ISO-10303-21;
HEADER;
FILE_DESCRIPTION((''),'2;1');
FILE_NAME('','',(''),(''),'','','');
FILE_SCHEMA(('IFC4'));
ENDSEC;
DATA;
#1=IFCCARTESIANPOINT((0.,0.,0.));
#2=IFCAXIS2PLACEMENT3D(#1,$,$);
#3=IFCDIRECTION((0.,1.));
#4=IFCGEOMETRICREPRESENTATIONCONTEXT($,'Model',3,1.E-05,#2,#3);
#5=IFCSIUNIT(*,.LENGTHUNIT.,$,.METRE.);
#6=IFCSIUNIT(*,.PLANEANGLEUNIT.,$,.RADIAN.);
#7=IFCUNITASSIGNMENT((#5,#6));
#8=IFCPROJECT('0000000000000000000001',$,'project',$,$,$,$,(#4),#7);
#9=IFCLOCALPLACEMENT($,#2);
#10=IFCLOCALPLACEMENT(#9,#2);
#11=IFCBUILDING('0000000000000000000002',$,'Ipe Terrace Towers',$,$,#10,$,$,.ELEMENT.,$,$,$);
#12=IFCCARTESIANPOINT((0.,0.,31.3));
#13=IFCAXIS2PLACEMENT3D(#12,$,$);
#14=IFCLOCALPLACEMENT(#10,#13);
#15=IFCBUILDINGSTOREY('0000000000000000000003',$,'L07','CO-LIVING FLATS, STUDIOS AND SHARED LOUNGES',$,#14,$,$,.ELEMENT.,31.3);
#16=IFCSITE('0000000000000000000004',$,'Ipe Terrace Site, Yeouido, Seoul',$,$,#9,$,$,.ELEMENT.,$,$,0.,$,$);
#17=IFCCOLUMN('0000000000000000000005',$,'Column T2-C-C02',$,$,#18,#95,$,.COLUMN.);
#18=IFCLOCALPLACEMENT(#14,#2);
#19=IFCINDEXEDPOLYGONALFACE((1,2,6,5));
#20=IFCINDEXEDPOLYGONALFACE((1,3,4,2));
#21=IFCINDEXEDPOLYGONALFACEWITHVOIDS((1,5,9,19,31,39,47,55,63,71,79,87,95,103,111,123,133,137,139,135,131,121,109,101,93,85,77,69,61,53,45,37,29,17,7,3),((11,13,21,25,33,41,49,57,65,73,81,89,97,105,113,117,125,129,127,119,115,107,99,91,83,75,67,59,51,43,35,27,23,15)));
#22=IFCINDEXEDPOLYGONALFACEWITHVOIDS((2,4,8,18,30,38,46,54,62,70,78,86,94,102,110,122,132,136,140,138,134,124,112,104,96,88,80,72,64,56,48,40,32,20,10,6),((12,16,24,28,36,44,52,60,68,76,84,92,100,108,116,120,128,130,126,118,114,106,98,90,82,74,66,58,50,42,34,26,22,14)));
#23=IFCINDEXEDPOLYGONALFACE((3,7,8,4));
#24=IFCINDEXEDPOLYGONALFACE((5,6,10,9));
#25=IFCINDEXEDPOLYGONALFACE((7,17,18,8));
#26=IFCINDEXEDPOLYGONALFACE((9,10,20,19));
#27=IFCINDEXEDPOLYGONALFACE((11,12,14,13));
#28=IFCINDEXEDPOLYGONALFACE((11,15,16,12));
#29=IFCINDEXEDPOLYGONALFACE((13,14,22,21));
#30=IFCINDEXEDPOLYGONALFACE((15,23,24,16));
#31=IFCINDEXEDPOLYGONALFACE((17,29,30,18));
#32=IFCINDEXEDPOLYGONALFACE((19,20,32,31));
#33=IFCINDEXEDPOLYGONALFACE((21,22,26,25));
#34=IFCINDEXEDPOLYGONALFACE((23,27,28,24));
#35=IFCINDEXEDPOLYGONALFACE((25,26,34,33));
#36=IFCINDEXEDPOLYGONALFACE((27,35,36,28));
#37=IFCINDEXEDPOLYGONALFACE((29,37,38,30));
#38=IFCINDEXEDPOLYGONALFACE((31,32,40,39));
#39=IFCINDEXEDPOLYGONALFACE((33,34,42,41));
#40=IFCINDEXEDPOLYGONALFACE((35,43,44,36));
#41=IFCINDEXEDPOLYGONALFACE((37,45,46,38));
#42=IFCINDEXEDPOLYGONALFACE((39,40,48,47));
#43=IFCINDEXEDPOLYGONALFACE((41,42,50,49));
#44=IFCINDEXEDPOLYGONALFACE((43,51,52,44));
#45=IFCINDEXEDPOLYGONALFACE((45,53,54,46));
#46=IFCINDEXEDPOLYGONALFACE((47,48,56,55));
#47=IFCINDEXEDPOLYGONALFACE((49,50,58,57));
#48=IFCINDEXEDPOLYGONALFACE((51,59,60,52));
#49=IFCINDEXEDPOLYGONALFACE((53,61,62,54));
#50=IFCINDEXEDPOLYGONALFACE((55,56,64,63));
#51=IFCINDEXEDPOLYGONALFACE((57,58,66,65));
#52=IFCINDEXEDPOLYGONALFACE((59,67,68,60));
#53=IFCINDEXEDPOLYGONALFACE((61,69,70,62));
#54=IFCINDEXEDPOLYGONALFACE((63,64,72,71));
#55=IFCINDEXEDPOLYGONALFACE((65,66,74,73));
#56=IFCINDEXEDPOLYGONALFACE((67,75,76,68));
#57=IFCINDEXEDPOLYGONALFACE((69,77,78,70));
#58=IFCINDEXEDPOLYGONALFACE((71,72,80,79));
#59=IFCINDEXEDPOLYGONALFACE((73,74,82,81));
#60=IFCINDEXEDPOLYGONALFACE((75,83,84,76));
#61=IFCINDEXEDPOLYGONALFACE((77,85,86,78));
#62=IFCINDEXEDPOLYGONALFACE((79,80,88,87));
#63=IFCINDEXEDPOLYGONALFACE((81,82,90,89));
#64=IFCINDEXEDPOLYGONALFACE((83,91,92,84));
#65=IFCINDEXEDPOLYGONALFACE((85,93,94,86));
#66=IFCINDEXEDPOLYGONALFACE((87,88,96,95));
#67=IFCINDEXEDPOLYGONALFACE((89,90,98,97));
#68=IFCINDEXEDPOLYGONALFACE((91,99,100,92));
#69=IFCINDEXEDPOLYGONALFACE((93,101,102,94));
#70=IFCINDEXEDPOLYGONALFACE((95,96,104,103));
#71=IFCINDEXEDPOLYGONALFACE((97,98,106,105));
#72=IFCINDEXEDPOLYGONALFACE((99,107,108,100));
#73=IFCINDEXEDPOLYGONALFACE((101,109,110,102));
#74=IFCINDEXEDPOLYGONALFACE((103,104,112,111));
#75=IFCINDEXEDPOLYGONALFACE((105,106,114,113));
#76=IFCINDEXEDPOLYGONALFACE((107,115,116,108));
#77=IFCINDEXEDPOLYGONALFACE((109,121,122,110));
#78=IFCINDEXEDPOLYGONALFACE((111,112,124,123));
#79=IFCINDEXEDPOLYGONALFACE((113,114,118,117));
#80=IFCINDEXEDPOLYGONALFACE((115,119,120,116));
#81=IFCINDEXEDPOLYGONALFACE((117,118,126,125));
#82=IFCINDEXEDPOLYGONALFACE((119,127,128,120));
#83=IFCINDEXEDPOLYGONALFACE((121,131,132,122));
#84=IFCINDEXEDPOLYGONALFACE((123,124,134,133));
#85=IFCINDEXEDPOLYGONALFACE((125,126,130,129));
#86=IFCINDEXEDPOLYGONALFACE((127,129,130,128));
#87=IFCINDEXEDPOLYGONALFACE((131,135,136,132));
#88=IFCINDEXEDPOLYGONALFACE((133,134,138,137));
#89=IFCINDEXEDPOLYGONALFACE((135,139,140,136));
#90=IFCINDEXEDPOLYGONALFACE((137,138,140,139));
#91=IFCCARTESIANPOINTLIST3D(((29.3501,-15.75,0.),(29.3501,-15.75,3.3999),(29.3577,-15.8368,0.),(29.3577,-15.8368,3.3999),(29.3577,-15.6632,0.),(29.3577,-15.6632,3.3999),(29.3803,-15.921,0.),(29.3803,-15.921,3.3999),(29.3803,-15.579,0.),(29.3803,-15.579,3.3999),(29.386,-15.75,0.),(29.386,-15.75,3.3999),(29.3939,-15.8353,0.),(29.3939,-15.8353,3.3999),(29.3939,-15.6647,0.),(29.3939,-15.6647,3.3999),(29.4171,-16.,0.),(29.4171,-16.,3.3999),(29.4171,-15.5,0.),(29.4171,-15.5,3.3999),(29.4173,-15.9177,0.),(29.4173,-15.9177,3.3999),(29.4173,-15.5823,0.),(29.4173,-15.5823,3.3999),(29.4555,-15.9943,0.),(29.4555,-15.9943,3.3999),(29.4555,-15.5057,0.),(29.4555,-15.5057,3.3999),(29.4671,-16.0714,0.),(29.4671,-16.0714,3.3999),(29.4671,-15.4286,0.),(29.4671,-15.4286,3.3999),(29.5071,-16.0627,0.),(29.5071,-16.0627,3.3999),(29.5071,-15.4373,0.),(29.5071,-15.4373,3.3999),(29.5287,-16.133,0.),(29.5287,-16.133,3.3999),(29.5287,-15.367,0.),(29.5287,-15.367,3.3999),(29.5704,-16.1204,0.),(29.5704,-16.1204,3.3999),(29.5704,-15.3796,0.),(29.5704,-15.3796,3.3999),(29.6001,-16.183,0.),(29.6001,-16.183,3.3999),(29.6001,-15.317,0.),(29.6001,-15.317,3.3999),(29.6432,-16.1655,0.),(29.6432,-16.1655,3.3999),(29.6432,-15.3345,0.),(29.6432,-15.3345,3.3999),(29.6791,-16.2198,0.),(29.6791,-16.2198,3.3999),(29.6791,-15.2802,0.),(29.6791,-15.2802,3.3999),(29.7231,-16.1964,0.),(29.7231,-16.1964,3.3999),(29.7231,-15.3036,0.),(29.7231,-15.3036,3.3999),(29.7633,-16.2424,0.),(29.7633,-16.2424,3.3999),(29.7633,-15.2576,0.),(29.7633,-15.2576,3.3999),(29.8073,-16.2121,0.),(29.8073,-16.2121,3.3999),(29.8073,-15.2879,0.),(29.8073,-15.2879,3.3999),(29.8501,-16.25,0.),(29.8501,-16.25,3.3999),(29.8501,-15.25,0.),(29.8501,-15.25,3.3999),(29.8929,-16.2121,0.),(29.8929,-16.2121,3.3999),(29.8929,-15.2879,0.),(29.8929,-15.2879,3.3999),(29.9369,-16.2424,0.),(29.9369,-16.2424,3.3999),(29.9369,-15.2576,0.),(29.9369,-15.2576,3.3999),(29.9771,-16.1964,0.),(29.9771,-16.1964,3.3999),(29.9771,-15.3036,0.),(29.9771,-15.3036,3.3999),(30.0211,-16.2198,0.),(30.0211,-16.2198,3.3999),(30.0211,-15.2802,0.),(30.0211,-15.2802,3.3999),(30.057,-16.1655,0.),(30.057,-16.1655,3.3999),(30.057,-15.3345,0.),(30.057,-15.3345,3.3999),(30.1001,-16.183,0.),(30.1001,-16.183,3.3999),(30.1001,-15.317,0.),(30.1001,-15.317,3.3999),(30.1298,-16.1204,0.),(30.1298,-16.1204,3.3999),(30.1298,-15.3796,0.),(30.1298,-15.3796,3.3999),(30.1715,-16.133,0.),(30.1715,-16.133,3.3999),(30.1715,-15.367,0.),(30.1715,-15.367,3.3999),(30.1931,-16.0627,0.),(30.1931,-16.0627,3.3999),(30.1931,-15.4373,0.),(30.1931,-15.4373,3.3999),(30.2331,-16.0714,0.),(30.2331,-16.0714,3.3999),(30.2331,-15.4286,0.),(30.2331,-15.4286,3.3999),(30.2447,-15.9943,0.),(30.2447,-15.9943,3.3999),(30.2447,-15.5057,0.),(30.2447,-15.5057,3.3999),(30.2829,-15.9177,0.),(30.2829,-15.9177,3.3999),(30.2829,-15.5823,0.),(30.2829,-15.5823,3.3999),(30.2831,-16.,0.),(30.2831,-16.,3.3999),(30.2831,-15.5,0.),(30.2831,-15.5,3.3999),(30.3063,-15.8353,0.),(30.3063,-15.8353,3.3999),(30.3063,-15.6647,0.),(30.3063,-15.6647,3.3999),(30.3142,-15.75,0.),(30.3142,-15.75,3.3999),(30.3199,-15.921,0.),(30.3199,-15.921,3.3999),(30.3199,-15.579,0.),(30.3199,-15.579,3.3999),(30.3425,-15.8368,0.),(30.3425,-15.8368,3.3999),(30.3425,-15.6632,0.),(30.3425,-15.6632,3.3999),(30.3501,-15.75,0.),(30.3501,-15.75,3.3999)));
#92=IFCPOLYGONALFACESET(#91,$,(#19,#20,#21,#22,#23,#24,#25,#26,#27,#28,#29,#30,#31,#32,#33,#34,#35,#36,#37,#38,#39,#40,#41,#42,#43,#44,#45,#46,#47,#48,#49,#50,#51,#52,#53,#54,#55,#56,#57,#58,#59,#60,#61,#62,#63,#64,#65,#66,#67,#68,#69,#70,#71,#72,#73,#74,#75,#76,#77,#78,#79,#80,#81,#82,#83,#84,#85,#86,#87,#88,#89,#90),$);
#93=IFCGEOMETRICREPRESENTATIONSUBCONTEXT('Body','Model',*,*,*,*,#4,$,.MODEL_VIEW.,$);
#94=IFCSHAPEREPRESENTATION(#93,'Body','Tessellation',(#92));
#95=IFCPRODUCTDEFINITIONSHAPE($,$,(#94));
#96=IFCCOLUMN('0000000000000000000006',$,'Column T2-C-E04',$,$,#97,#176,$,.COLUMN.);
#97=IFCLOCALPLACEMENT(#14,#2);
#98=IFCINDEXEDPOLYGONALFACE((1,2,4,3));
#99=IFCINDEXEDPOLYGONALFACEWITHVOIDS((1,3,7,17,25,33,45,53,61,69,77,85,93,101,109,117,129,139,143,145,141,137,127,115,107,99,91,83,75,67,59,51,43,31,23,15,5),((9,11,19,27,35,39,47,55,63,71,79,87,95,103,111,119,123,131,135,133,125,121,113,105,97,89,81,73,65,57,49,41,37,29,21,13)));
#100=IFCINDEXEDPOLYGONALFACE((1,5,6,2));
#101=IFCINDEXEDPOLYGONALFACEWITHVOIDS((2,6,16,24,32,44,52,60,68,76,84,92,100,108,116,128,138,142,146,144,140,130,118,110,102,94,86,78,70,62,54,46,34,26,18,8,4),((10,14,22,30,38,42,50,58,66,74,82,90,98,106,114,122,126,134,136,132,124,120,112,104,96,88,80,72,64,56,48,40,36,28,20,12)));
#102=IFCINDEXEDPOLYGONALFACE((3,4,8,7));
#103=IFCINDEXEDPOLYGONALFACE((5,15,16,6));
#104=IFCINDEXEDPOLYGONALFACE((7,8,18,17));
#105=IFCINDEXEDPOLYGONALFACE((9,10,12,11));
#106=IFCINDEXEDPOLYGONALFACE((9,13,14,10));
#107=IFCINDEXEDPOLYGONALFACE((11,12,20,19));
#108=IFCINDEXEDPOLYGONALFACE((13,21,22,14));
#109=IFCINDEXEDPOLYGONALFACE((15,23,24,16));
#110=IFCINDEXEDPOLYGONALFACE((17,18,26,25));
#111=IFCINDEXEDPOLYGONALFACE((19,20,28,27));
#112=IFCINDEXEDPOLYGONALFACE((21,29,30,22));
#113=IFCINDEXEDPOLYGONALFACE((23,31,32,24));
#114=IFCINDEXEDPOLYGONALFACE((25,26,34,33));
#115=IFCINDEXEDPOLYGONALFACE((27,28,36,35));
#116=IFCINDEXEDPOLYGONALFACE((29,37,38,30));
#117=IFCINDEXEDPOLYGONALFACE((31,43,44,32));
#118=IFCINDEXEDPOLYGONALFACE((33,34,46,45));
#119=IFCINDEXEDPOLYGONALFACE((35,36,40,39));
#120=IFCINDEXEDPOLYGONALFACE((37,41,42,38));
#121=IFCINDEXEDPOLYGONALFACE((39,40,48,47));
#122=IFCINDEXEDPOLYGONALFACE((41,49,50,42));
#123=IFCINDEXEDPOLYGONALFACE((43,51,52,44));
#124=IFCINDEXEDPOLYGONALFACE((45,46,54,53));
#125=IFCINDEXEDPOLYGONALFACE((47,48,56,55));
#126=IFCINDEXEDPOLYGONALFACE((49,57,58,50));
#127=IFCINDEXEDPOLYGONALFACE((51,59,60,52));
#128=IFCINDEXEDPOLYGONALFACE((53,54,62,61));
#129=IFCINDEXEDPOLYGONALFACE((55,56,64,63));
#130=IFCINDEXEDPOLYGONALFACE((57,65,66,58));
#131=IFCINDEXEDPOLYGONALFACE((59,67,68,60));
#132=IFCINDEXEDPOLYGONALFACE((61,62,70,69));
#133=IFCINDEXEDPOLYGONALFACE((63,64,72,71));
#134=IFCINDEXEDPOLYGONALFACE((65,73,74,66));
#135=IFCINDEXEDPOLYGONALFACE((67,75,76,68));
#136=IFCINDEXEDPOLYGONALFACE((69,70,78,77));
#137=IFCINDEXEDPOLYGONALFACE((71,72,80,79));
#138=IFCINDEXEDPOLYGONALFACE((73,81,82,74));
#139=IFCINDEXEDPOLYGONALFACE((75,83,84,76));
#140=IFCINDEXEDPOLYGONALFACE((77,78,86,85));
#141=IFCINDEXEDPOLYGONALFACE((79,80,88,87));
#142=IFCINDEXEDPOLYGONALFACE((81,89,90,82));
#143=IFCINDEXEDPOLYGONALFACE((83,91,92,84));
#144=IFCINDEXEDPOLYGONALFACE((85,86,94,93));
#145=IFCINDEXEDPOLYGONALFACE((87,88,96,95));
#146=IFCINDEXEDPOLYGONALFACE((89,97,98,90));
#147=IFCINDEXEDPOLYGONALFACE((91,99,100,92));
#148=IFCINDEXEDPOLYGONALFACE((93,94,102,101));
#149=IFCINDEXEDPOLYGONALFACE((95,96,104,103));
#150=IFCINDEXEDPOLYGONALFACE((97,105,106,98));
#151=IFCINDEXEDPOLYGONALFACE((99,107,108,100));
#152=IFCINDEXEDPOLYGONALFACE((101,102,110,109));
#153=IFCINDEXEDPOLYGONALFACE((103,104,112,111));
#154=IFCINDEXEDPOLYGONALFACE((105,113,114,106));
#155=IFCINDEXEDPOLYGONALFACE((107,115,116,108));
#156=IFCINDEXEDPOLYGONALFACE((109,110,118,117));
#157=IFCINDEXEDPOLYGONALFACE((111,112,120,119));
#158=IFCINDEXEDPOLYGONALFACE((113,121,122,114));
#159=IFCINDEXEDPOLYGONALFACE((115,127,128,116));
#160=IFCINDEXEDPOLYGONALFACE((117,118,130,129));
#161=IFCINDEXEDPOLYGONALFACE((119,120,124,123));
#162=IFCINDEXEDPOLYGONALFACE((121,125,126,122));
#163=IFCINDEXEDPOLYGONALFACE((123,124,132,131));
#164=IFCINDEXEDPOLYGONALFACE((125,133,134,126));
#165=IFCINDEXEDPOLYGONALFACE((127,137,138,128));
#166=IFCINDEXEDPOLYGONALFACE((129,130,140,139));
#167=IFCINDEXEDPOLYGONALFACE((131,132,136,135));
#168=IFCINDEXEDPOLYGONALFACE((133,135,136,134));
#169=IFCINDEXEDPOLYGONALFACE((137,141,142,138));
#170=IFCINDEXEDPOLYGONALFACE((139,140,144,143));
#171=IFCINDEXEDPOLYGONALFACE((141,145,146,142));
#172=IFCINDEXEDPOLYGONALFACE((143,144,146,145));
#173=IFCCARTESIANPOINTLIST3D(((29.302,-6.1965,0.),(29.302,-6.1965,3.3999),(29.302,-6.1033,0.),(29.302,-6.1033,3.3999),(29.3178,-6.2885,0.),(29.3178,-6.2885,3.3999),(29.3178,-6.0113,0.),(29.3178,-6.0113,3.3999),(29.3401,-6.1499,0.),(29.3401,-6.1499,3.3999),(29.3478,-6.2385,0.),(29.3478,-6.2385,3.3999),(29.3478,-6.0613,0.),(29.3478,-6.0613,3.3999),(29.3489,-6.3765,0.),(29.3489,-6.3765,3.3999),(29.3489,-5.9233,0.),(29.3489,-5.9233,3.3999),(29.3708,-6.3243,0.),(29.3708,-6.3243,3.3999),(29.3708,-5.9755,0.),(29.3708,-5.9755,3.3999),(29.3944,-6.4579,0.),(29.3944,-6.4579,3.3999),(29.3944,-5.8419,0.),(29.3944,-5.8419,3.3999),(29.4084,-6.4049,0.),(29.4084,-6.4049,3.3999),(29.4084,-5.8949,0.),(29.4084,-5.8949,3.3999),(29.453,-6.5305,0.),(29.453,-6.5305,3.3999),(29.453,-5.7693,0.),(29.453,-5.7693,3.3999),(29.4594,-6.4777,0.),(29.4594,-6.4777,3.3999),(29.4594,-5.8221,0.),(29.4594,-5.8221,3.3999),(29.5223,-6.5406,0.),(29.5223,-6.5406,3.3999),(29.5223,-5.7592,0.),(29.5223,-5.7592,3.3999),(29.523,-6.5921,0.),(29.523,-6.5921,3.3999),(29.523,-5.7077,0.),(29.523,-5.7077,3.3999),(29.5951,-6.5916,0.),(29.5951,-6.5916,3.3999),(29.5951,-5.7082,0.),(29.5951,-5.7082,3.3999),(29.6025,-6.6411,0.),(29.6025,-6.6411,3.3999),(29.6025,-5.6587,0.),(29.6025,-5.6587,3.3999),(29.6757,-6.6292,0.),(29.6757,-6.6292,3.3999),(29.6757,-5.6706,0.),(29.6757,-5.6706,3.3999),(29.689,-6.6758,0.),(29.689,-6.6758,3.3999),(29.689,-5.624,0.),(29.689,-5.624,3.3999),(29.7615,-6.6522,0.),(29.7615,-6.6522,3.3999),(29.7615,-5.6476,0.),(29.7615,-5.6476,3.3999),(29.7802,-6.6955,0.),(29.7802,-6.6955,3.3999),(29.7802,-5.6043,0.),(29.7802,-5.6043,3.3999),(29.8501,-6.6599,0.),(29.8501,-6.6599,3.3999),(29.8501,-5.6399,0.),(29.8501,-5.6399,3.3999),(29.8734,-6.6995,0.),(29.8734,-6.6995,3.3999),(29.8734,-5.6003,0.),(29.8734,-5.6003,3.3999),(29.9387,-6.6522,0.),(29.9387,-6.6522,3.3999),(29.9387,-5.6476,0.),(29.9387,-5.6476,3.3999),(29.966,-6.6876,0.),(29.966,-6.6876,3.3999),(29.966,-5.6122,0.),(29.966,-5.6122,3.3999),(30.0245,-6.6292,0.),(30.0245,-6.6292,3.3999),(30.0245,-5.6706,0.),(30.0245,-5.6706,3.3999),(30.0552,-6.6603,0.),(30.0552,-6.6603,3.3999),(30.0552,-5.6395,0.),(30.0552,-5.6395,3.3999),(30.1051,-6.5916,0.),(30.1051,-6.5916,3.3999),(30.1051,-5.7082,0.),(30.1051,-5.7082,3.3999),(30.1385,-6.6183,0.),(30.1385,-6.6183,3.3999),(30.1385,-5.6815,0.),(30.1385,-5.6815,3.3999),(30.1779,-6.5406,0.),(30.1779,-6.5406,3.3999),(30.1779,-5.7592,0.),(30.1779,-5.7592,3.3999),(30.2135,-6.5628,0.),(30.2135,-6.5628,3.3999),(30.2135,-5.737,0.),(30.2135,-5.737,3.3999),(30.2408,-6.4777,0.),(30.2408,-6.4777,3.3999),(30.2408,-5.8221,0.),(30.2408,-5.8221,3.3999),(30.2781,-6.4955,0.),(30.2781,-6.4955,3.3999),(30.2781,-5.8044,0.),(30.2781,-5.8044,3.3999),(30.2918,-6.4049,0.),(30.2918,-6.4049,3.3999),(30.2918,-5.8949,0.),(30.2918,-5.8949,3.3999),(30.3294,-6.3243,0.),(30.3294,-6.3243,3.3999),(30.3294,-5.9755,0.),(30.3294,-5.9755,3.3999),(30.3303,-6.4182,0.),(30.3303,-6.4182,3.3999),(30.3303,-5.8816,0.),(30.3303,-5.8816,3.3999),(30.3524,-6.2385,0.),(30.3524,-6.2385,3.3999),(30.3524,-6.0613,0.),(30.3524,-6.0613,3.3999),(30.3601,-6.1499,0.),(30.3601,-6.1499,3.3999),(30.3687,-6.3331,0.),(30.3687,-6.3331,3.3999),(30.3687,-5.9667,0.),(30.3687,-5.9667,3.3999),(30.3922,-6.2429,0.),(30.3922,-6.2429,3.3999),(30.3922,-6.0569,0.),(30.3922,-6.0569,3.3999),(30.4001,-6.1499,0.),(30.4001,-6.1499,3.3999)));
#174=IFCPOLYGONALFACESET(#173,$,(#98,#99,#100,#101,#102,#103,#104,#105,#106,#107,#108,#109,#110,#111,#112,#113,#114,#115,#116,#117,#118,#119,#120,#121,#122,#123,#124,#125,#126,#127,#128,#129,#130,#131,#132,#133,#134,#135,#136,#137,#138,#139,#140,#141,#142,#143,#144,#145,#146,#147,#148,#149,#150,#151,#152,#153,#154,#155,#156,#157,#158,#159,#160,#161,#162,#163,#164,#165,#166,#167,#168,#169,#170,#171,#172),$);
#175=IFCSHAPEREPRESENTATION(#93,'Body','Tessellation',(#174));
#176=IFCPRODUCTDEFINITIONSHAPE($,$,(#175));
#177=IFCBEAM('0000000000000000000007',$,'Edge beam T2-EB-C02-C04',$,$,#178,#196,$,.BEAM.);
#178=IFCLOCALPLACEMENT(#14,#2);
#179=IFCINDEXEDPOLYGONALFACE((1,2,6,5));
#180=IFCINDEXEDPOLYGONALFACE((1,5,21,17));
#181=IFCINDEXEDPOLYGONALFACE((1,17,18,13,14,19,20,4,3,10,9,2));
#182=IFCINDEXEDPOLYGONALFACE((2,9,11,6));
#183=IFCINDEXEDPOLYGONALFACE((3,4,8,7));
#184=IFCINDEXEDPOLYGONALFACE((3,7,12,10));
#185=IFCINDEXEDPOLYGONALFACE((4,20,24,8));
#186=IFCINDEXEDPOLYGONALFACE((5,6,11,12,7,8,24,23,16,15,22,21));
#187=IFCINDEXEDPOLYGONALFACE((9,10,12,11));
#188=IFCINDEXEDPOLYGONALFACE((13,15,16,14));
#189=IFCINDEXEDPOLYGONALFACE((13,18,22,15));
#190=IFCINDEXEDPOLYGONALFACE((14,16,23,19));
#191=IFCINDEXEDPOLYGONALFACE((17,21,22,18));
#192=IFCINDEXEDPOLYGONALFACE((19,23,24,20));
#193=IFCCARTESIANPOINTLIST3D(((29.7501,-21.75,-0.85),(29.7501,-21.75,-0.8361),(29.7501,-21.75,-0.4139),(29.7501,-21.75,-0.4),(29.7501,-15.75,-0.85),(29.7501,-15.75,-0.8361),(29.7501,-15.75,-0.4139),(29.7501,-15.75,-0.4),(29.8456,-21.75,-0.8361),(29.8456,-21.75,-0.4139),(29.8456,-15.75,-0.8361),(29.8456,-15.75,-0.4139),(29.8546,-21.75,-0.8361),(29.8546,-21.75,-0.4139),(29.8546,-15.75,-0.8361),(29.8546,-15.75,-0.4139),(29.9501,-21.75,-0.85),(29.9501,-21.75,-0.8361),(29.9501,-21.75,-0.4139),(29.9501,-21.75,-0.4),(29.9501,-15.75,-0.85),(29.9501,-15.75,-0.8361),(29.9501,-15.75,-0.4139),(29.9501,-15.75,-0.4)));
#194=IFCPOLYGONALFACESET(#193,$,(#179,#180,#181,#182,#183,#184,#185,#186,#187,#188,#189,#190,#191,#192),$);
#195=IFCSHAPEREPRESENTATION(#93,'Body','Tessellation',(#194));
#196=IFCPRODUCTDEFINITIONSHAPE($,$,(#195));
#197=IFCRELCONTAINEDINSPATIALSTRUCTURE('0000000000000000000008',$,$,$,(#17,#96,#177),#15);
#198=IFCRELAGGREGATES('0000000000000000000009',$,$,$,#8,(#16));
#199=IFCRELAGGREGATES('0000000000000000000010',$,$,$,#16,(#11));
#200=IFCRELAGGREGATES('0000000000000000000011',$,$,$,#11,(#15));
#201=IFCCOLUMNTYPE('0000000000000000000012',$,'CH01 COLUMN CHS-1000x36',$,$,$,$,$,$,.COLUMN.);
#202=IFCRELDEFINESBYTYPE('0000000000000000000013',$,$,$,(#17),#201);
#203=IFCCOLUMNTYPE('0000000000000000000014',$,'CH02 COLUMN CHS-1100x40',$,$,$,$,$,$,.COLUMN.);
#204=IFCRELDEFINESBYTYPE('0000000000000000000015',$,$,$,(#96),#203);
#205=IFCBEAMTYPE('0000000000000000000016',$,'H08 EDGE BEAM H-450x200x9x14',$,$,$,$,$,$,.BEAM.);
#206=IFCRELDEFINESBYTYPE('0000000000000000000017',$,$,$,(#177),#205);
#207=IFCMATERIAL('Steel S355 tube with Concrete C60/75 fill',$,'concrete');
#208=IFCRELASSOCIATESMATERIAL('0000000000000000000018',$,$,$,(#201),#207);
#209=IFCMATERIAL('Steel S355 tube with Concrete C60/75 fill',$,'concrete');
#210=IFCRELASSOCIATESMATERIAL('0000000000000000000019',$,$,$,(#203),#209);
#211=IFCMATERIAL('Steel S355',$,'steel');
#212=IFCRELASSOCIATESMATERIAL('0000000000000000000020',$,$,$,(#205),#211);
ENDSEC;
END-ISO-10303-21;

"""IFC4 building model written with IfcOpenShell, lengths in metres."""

from ifc_helpers import new_model, si_unit, direction, frame, origin, origin_2d, place, context, subcontext, project, spatial, hollow_circle, i_section, extrude, material, material_profile, profile_set, type_object, element, save


model = new_model("IFC4")

# Units and contexts
model_context = context("Model", 3, precision=1e-05, world=origin(), true_north=direction((0.0, 1.0)))
body_context = subcontext(model_context, "Body", "Model", "MODEL_VIEW")
ifc_project = project(units=[si_unit("LENGTHUNIT", "METRE"), si_unit("PLANEANGLEUNIT", "RADIAN")], contexts=[model_context])

# Site, building, storey
site_placement = place(None, origin())
site = spatial("IfcSite", under=ifc_project, at=site_placement, Name="Ipe Terrace Site, Yeouido, Seoul", CompositionType="ELEMENT", RefElevation=0.0)
building_placement = place(site_placement, origin())
building = spatial("IfcBuilding", under=site, at=building_placement, Name="Ipe Terrace Towers", CompositionType="ELEMENT")
storey_placement = place(building_placement, frame((0.0, 0.0, 31.3)))
storey = spatial("IfcBuildingStorey", under=building, at=storey_placement, Name="L07", Description="CO-LIVING FLATS, STUDIOS AND SHARED LOUNGES", CompositionType="ELEMENT", Elevation=31.3)

# Columns
ifc_material_1 = material(Name="Steel S355 tube with Concrete C60/75 fill", Category="concrete")
ifc_material_profile_1 = material_profile(ifc_material_1, hollow_circle(Radius=0.5, WallThickness=0.0359, at=origin_2d()), Name="CHS-1000x36")
ifc_profile_set_1 = profile_set([ifc_material_profile_1], Name="Steel S355 tube with Concrete C60/75 fill")
column_type_1 = type_object("IfcColumnType", Name="CH01 COLUMN CHS-1000x36", PredefinedType="COLUMN", material=ifc_profile_set_1)
column_1_placement = place(storey_placement, frame((29.8501, -15.75, 0.0), z_axis=(0.0, 0.0, 1.0), x_axis=(1.0, 0.0, 0.0)))
element("IfcColumn", 1, at=column_1_placement, inside=storey, type_object=column_type_1, Name="Column T2-C-C02", PredefinedType="COLUMN", context=body_context, shape_type="SweptSolid", body=[
    extrude(hollow_circle(Radius=0.5, WallThickness=0.0359, at=origin_2d()), origin(), (0.0, 0.0, 1.0), 3.3999),
])
ifc_material_2 = material(Name="Steel S355 tube with Concrete C60/75 fill", Category="concrete")
ifc_material_profile_2 = material_profile(ifc_material_2, hollow_circle(Radius=0.55, WallThickness=0.04, at=origin_2d()), Name="CHS-1100x40")
ifc_profile_set_2 = profile_set([ifc_material_profile_2], Name="Steel S355 tube with Concrete C60/75 fill")
column_type_2 = type_object("IfcColumnType", Name="CH02 COLUMN CHS-1100x40", PredefinedType="COLUMN", material=ifc_profile_set_2)
column_2_placement = place(storey_placement, frame((29.8501, -6.1499, 0.0), z_axis=(0.0, 0.0, 1.0), x_axis=(1.0, 0.0, 0.0)))
element("IfcColumn", 2, at=column_2_placement, inside=storey, type_object=column_type_2, Name="Column T2-C-E04", PredefinedType="COLUMN", context=body_context, shape_type="SweptSolid", body=[
    extrude(hollow_circle(Radius=0.55, WallThickness=0.04, at=origin_2d()), origin(), (0.0, 0.0, 1.0), 3.3999),
])

# Beam
ifc_material_3 = material(Name="Steel S355", Category="steel")
ifc_material_profile_3 = material_profile(ifc_material_3, i_section(OverallWidth=0.2, OverallDepth=0.45, WebThickness=0.009, FlangeThickness=0.0139, at=origin_2d()), Name="H-450x200x9x14")
ifc_profile_set_3 = profile_set([ifc_material_profile_3], Name="Steel S355")
beam_type = type_object("IfcBeamType", Name="H08 EDGE BEAM H-450x200x9x14", PredefinedType="BEAM", material=ifc_profile_set_3)
beam_placement = place(storey_placement, frame((29.8501, -15.75, -0.625), z_axis=(0.0, -1.0, 0.0), x_axis=(1.0, 0.0, 0.0)))
element("IfcBeam", 3, at=beam_placement, inside=storey, type_object=beam_type, Name="Edge beam T2-EB-C02-C04", PredefinedType="BEAM", context=body_context, shape_type="SweptSolid", body=[
    extrude(i_section(OverallWidth=0.2, OverallDepth=0.45, WebThickness=0.009, FlangeThickness=0.0139, at=origin_2d()), origin(), (0.0, 0.0, 1.0), 6.0),
])

save(model, "model.ifc")
